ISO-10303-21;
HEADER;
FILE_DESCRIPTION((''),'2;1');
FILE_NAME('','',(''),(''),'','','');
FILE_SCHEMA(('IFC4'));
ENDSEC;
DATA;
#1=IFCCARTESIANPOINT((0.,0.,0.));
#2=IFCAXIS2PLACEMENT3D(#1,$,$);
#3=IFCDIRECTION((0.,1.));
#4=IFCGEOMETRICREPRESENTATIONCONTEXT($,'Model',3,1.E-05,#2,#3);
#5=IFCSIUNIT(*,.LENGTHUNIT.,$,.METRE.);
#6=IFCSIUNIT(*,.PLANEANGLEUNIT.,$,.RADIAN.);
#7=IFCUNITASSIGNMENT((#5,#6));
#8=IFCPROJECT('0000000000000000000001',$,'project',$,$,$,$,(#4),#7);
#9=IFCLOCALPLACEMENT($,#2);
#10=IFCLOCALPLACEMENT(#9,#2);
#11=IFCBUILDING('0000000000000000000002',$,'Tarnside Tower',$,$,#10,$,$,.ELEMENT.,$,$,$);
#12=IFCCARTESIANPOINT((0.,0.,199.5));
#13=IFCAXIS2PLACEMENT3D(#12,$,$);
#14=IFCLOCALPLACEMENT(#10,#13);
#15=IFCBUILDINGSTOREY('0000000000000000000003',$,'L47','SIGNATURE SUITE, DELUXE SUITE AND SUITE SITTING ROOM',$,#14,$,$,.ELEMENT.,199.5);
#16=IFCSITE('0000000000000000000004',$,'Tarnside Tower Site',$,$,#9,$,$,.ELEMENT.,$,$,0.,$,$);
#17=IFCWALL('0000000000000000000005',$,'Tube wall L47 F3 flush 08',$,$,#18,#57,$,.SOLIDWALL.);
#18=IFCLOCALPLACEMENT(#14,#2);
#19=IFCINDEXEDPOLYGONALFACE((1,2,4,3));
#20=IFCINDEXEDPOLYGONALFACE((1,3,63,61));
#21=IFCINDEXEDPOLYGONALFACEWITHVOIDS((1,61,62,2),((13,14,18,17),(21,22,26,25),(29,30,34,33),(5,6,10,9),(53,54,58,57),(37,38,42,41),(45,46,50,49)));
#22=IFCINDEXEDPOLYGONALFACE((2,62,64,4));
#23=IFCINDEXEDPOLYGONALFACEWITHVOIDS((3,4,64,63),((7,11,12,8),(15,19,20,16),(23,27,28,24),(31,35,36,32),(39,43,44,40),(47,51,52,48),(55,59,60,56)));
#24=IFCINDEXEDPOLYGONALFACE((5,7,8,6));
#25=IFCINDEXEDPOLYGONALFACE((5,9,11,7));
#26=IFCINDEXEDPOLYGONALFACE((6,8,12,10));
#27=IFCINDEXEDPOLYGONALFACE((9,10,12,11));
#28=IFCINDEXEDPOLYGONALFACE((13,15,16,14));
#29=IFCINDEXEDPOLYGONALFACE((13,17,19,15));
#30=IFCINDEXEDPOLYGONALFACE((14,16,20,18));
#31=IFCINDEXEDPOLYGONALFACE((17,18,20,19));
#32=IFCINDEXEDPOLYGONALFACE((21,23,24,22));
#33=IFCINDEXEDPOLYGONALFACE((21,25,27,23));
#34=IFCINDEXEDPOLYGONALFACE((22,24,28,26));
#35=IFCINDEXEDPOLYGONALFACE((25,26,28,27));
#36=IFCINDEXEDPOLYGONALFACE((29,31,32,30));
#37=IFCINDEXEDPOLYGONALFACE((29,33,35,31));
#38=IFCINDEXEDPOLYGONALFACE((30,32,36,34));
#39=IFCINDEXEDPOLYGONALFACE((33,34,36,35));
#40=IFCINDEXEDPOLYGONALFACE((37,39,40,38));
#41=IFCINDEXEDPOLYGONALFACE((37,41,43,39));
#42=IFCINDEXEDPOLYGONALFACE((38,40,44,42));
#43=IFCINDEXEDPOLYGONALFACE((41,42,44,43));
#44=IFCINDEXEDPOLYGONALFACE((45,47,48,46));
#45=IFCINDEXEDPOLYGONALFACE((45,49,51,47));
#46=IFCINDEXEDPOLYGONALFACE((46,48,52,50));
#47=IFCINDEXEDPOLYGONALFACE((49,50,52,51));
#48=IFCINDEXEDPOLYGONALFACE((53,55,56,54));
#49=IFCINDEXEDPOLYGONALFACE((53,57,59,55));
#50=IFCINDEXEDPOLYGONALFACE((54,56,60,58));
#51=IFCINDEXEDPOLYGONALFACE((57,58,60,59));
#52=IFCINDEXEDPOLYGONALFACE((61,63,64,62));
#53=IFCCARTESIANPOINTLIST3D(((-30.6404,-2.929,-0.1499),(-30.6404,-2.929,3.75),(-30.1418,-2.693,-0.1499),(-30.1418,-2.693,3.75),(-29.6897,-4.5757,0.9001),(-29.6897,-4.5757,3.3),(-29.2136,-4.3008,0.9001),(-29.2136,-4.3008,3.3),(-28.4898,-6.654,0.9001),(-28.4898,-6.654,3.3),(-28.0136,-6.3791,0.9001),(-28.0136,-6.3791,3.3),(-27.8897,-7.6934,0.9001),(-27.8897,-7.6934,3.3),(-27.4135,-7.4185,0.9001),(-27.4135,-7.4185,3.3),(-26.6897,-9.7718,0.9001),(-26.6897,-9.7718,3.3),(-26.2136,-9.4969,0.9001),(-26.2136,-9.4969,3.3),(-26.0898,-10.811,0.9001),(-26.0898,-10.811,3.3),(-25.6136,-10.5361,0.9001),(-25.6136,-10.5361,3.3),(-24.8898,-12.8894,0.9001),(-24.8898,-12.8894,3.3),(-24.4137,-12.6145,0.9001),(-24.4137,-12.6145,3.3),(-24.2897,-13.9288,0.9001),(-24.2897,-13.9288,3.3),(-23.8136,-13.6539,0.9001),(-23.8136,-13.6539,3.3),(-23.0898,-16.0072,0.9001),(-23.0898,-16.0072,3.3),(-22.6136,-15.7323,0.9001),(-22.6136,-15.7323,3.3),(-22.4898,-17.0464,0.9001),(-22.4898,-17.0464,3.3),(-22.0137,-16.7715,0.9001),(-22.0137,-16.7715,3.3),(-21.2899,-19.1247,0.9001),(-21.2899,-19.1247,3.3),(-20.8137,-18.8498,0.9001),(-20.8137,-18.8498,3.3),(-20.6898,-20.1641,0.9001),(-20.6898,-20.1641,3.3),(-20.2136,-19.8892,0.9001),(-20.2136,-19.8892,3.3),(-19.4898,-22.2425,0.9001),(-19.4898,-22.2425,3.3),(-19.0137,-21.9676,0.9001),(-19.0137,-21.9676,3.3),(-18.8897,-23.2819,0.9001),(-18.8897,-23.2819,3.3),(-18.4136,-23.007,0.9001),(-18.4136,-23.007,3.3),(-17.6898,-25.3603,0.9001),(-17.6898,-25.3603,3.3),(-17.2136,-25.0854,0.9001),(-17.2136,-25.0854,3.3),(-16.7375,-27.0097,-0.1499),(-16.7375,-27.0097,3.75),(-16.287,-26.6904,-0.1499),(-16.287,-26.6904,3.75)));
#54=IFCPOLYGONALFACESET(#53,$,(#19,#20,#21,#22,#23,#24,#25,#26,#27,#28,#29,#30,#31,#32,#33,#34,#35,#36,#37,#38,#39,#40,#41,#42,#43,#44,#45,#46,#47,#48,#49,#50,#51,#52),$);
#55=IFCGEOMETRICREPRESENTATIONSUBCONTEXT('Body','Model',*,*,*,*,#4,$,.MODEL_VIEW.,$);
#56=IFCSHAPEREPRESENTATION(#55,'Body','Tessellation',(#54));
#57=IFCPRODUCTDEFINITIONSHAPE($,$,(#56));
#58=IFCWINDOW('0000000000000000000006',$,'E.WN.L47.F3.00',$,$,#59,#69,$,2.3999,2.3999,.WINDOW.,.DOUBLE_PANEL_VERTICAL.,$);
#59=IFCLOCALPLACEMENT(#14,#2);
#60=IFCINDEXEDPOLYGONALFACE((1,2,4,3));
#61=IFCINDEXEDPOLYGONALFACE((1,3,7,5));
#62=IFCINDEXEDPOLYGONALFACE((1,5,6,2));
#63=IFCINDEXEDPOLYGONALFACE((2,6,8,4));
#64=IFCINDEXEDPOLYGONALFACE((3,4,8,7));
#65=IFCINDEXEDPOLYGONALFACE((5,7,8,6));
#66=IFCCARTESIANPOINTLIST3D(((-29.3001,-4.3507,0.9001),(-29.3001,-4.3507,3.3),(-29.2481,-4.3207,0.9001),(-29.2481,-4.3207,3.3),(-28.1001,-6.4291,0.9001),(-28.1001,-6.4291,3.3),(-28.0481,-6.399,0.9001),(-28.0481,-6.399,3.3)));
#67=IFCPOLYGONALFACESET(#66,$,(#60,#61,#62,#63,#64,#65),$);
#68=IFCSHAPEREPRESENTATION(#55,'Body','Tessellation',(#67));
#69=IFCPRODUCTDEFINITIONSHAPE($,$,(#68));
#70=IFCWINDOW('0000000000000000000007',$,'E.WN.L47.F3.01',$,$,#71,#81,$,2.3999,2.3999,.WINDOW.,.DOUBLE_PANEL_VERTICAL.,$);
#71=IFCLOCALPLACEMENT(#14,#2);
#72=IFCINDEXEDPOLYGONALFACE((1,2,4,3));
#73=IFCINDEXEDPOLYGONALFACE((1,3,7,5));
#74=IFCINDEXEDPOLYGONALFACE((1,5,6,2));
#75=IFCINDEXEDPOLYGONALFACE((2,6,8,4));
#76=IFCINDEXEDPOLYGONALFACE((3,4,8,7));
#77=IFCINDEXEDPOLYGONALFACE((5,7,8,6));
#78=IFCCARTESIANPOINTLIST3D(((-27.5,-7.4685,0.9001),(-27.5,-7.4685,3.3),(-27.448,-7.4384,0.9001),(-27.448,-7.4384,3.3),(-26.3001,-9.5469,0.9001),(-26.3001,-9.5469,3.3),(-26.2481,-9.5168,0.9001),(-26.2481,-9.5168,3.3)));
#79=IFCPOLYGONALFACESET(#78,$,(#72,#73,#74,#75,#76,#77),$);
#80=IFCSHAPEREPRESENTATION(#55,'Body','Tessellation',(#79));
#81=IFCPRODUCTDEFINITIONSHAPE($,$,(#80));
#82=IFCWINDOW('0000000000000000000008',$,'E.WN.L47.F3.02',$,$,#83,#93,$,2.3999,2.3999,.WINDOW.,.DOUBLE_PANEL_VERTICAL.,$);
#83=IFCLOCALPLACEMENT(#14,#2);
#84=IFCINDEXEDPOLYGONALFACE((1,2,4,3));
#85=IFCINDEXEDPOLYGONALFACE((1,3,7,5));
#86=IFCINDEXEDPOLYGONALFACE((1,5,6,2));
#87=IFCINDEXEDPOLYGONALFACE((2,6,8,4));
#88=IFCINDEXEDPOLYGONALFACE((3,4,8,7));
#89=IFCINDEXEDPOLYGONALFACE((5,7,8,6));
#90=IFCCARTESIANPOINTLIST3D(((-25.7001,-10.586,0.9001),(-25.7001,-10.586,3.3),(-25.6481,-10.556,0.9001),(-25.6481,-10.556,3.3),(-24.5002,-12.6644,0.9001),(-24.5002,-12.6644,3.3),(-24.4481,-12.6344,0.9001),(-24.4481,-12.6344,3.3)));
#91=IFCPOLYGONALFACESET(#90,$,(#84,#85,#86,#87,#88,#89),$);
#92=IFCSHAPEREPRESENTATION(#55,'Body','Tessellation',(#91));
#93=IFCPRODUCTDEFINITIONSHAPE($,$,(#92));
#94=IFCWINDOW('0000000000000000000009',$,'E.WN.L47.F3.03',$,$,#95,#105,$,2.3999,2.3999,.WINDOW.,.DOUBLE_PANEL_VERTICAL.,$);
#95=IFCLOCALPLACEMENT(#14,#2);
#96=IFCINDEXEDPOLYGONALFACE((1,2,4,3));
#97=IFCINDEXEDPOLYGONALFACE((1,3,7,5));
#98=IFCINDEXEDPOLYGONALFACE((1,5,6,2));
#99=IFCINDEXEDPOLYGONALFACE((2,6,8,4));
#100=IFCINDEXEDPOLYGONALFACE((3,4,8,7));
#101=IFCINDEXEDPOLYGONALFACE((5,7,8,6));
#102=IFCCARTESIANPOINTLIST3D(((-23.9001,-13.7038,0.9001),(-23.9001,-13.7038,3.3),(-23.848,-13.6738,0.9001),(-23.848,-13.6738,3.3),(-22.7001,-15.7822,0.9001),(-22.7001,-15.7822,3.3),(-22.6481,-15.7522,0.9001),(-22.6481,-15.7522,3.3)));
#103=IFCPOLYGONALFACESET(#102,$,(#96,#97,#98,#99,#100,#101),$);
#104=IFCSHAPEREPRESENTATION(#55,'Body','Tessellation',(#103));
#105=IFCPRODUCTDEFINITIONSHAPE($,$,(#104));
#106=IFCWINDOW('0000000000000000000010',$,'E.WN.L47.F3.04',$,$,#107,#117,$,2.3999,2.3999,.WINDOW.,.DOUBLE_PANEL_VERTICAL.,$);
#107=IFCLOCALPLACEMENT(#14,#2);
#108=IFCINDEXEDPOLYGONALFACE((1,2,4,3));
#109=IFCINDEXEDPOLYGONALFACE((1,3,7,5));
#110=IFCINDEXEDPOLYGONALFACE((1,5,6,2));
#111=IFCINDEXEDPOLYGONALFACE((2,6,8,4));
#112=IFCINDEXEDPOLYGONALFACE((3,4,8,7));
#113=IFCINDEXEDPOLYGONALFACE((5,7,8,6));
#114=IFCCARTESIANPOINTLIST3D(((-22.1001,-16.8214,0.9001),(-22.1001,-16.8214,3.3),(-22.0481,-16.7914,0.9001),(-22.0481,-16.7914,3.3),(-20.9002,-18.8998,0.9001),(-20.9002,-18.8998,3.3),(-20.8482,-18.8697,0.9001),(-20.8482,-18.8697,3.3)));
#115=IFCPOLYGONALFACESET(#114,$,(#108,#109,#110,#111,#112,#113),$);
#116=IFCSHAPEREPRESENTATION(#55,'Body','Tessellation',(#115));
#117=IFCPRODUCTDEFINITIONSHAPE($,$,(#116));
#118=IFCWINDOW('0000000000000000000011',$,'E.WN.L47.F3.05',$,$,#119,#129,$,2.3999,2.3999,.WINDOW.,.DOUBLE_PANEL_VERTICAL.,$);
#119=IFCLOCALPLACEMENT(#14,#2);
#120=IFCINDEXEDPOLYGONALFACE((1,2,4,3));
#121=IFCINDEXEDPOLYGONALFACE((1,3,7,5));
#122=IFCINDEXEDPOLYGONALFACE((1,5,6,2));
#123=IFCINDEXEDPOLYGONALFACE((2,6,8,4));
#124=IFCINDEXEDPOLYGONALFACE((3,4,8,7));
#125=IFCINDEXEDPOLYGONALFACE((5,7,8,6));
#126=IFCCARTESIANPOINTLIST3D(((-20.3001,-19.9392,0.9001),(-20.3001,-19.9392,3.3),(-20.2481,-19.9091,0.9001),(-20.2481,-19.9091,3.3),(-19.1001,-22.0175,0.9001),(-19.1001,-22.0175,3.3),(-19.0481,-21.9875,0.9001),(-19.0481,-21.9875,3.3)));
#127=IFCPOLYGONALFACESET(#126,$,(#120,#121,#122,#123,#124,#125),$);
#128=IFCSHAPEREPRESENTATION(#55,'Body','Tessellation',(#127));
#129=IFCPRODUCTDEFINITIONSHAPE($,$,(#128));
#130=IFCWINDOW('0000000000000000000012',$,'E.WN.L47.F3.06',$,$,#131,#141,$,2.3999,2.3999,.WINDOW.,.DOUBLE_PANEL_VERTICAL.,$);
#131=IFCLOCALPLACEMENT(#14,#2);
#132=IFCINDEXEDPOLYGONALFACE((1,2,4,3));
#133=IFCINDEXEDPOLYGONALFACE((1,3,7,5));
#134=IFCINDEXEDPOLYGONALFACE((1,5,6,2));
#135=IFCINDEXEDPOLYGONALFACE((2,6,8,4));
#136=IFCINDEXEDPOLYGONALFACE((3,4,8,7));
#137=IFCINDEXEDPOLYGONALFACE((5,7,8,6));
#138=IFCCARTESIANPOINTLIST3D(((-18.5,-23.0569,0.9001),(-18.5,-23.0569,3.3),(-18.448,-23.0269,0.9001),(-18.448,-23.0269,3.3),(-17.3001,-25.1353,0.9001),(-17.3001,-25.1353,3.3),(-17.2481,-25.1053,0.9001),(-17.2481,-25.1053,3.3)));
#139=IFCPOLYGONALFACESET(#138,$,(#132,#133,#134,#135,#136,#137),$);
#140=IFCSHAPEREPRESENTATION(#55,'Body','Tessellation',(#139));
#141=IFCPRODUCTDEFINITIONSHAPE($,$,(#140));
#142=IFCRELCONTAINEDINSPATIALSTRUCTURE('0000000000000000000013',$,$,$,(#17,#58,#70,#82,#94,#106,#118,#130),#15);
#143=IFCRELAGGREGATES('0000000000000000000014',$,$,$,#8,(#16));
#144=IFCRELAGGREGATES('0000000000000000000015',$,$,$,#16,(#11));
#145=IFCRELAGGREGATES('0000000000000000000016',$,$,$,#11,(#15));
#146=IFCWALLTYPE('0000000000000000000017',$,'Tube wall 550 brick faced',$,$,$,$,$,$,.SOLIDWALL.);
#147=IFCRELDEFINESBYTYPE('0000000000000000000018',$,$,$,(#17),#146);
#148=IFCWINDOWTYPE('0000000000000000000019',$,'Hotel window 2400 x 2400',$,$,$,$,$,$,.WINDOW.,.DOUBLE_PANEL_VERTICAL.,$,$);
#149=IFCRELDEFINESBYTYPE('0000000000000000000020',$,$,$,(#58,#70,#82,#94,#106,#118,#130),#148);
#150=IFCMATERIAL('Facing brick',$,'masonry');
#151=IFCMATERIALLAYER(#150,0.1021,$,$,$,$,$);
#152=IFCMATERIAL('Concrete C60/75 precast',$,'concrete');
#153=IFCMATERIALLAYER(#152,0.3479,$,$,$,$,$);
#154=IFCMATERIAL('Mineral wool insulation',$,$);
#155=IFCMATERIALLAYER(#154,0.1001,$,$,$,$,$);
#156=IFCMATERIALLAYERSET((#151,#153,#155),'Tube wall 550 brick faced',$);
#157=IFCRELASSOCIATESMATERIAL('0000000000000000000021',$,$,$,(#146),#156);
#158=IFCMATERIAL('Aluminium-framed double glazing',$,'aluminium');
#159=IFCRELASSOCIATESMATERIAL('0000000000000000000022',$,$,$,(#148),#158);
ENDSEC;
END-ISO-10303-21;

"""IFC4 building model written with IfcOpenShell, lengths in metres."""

from ifc_helpers import new_model, si_unit, direction, frame, frame_2d, origin, place, context, subcontext, project, spatial, polyline, rectangle, outline, extrude, material, layer, layer_set, type_object, element, fill, save


model = new_model("IFC4")

# Units and contexts
model_context = context("Model", 3, precision=1e-05, world=origin(), true_north=direction((0.0, 1.0)))
body_context = subcontext(model_context, "Body", "Model", "MODEL_VIEW")
ifc_project = project(units=[si_unit("LENGTHUNIT", "METRE"), si_unit("PLANEANGLEUNIT", "RADIAN")], contexts=[model_context])

# Site, building, storey
site_placement = place(None, origin())
site = spatial("IfcSite", under=ifc_project, at=site_placement, Name="Tarnside Tower Site", CompositionType="ELEMENT", RefElevation=0.0)
building_placement = place(site_placement, origin())
building = spatial("IfcBuilding", under=site, at=building_placement, Name="Tarnside Tower", CompositionType="ELEMENT")
storey_placement = place(building_placement, frame((0.0, 0.0, 199.5)))
storey = spatial("IfcBuildingStorey", under=building, at=storey_placement, Name="L47", Description="SIGNATURE SUITE, DELUXE SUITE AND SUITE SITTING ROOM", CompositionType="ELEMENT", Elevation=199.5)

# Shared definitions
ifc_material_1 = material(Name="Facing brick", Category="masonry")
ifc_layer_1 = layer(ifc_material_1, 0.1021)
ifc_material_2 = material(Name="Concrete C60/75 precast", Category="concrete")
ifc_layer_2 = layer(ifc_material_2, 0.3479)
ifc_material_3 = material(Name="Mineral wool insulation")
ifc_layer_3 = layer(ifc_material_3, 0.1001)
ifc_layer_set_1 = layer_set([ifc_layer_1, ifc_layer_2, ifc_layer_3], Name="Tube wall 550 brick faced")
wall_type_1 = type_object("IfcWallType", Name="Tube wall 550 brick faced", PredefinedType="SOLIDWALL", material=ifc_layer_set_1)

# Wall, openings, windows
wall_1_placement = place(storey_placement, frame((-30.3911, -2.811, -0.1499), z_axis=(0.0, 0.0, 1.0), x_axis=(0.499999, -0.866026, 0.0)))
wall_1 = element("IfcWall", 1, at=wall_1_placement, inside=storey, type_object=wall_type_1, Name="Tube wall L47 F3 flush 08", PredefinedType="SOLIDWALL", context=body_context, shape_type="SweptSolid", body=[
    extrude(outline(polyline([(-0.0225, -0.2749), (27.7834, -0.2749), (27.7322, 0.2749), (0.0225, 0.2749), (-0.0225, -0.2749)])), origin(), (0.0, 0.0, 1.0), 3.8999),
])
opening_1_placement = place(wall_1_placement, frame((1.8789, 0.0, 1.05)))
opening_1 = element("IfcOpeningElement", 2, at=opening_1_placement, cuts=wall_1, PredefinedType="OPENING", context=body_context, shape_type="SweptSolid", body=[
    extrude(rectangle(XDim=2.3999, YDim=2.3999, at=frame_2d((1.2, 1.2))), frame((0.0, 0.2852, 0.0), z_axis=(0.0, -1.0, 0.0), x_axis=(1.0, 0.0, 0.0)), (0.0, 0.0, 1.0), 0.5701),
])
opening_2_placement = place(wall_1_placement, frame((5.479, 0.0, 1.05)))
opening_2 = element("IfcOpeningElement", 3, at=opening_2_placement, cuts=wall_1, PredefinedType="OPENING", context=body_context, shape_type="SweptSolid", body=[
    extrude(rectangle(XDim=2.3999, YDim=2.3999, at=frame_2d((1.2, 1.2))), frame((0.0, 0.2852, 0.0), z_axis=(0.0, -1.0, 0.0), x_axis=(1.0, 0.0, 0.0)), (0.0, 0.0, 1.0), 0.5701),
])
opening_3_placement = place(wall_1_placement, frame((9.0789, 0.0, 1.05)))
opening_3 = element("IfcOpeningElement", 4, at=opening_3_placement, cuts=wall_1, PredefinedType="OPENING", context=body_context, shape_type="SweptSolid", body=[
    extrude(rectangle(XDim=2.3999, YDim=2.3999, at=frame_2d((1.2, 1.2))), frame((0.0, 0.2852, 0.0), z_axis=(0.0, -1.0, 0.0), x_axis=(1.0, 0.0, 0.0)), (0.0, 0.0, 1.0), 0.5701),
])
opening_4_placement = place(wall_1_placement, frame((12.679, 0.0, 1.05)))
opening_4 = element("IfcOpeningElement", 5, at=opening_4_placement, cuts=wall_1, PredefinedType="OPENING", context=body_context, shape_type="SweptSolid", body=[
    extrude(rectangle(XDim=2.3999, YDim=2.3999, at=frame_2d((1.2, 1.2))), frame((0.0, 0.2852, 0.0), z_axis=(0.0, -1.0, 0.0), x_axis=(1.0, 0.0, 0.0)), (0.0, 0.0, 1.0), 0.5701),
])
opening_5_placement = place(wall_1_placement, frame((16.2788, 0.0, 1.05)))
opening_5 = element("IfcOpeningElement", 6, at=opening_5_placement, cuts=wall_1, PredefinedType="OPENING", context=body_context, shape_type="SweptSolid", body=[
    extrude(rectangle(XDim=2.3999, YDim=2.3999, at=frame_2d((1.2, 1.2))), frame((0.0, 0.2852, 0.0), z_axis=(0.0, -1.0, 0.0), x_axis=(1.0, 0.0, 0.0)), (0.0, 0.0, 1.0), 0.5701),
])
opening_6_placement = place(wall_1_placement, frame((19.8789, 0.0, 1.05)))
opening_6 = element("IfcOpeningElement", 7, at=opening_6_placement, cuts=wall_1, PredefinedType="OPENING", context=body_context, shape_type="SweptSolid", body=[
    extrude(rectangle(XDim=2.3999, YDim=2.3999, at=frame_2d((1.2, 1.2))), frame((0.0, 0.2852, 0.0), z_axis=(0.0, -1.0, 0.0), x_axis=(1.0, 0.0, 0.0)), (0.0, 0.0, 1.0), 0.5701),
])
opening_7_placement = place(wall_1_placement, frame((23.479, 0.0, 1.05)))
opening_7 = element("IfcOpeningElement", 8, at=opening_7_placement, cuts=wall_1, PredefinedType="OPENING", context=body_context, shape_type="SweptSolid", body=[
    extrude(rectangle(XDim=2.3999, YDim=2.3999, at=frame_2d((1.2, 1.2))), frame((0.0, 0.2852, 0.0), z_axis=(0.0, -1.0, 0.0), x_axis=(1.0, 0.0, 0.0)), (0.0, 0.0, 1.0), 0.5701),
])
ifc_material_4 = material(Name="Aluminium-framed double glazing", Category="aluminium")
window_type = type_object("IfcWindowType", Name="Hotel window 2400 x 2400", PartitioningType="DOUBLE_PANEL_VERTICAL", PredefinedType="WINDOW", material=ifc_material_4)
window_1_placement = place(opening_1_placement, frame((0.0, 0.2051, 0.0)))
window_1 = element("IfcWindow", 9, at=window_1_placement, inside=storey, type_object=window_type, Name="E.WN.L47.F3.00", OverallHeight=2.3999, OverallWidth=2.3999, PartitioningType="DOUBLE_PANEL_VERTICAL", PredefinedType="WINDOW", context=body_context, shape_type="SweptSolid", body=[
    extrude(rectangle(XDim=2.3999, YDim=2.3999, at=frame_2d((1.2, 1.2))), frame((0.0, 0.03, 0.0), z_axis=(0.0, -1.0, 0.0), x_axis=(1.0, 0.0, 0.0)), (0.0, 0.0, 1.0), 0.0601),
])
fill(opening_1, window_1)
window_2_placement = place(opening_2_placement, frame((0.0, 0.2051, 0.0)))
window_2 = element("IfcWindow", 10, at=window_2_placement, inside=storey, type_object=window_type, Name="E.WN.L47.F3.01", OverallHeight=2.3999, OverallWidth=2.3999, PartitioningType="DOUBLE_PANEL_VERTICAL", PredefinedType="WINDOW", context=body_context, shape_type="SweptSolid", body=[
    extrude(rectangle(XDim=2.3999, YDim=2.3999, at=frame_2d((1.2, 1.2))), frame((0.0, 0.03, 0.0), z_axis=(0.0, -1.0, 0.0), x_axis=(1.0, 0.0, 0.0)), (0.0, 0.0, 1.0), 0.0601),
])
fill(opening_2, window_2)
window_3_placement = place(opening_3_placement, frame((0.0, 0.2051, 0.0)))
window_3 = element("IfcWindow", 11, at=window_3_placement, inside=storey, type_object=window_type, Name="E.WN.L47.F3.02", OverallHeight=2.3999, OverallWidth=2.3999, PartitioningType="DOUBLE_PANEL_VERTICAL", PredefinedType="WINDOW", context=body_context, shape_type="SweptSolid", body=[
    extrude(rectangle(XDim=2.3999, YDim=2.3999, at=frame_2d((1.2, 1.2))), frame((0.0, 0.03, 0.0), z_axis=(0.0, -1.0, 0.0), x_axis=(1.0, 0.0, 0.0)), (0.0, 0.0, 1.0), 0.0601),
])
fill(opening_3, window_3)
window_4_placement = place(opening_4_placement, frame((0.0, 0.2051, 0.0)))
window_4 = element("IfcWindow", 12, at=window_4_placement, inside=storey, type_object=window_type, Name="E.WN.L47.F3.03", OverallHeight=2.3999, OverallWidth=2.3999, PartitioningType="DOUBLE_PANEL_VERTICAL", PredefinedType="WINDOW", context=body_context, shape_type="SweptSolid", body=[
    extrude(rectangle(XDim=2.3999, YDim=2.3999, at=frame_2d((1.2, 1.2))), frame((0.0, 0.03, 0.0), z_axis=(0.0, -1.0, 0.0), x_axis=(1.0, 0.0, 0.0)), (0.0, 0.0, 1.0), 0.0601),
])
fill(opening_4, window_4)
window_5_placement = place(opening_5_placement, frame((0.0, 0.2051, 0.0)))
window_5 = element("IfcWindow", 13, at=window_5_placement, inside=storey, type_object=window_type, Name="E.WN.L47.F3.04", OverallHeight=2.3999, OverallWidth=2.3999, PartitioningType="DOUBLE_PANEL_VERTICAL", PredefinedType="WINDOW", context=body_context, shape_type="SweptSolid", body=[
    extrude(rectangle(XDim=2.3999, YDim=2.3999, at=frame_2d((1.2, 1.2))), frame((0.0, 0.03, 0.0), z_axis=(0.0, -1.0, 0.0), x_axis=(1.0, 0.0, 0.0)), (0.0, 0.0, 1.0), 0.0601),
])
fill(opening_5, window_5)
window_6_placement = place(opening_6_placement, frame((0.0, 0.2051, 0.0)))
window_6 = element("IfcWindow", 14, at=window_6_placement, inside=storey, type_object=window_type, Name="E.WN.L47.F3.05", OverallHeight=2.3999, OverallWidth=2.3999, PartitioningType="DOUBLE_PANEL_VERTICAL", PredefinedType="WINDOW", context=body_context, shape_type="SweptSolid", body=[
    extrude(rectangle(XDim=2.3999, YDim=2.3999, at=frame_2d((1.2, 1.2))), frame((0.0, 0.03, 0.0), z_axis=(0.0, -1.0, 0.0), x_axis=(1.0, 0.0, 0.0)), (0.0, 0.0, 1.0), 0.0601),
])
fill(opening_6, window_6)
window_7_placement = place(opening_7_placement, frame((0.0, 0.2051, 0.0)))
window_7 = element("IfcWindow", 15, at=window_7_placement, inside=storey, type_object=window_type, Name="E.WN.L47.F3.06", OverallHeight=2.3999, OverallWidth=2.3999, PartitioningType="DOUBLE_PANEL_VERTICAL", PredefinedType="WINDOW", context=body_context, shape_type="SweptSolid", body=[
    extrude(rectangle(XDim=2.3999, YDim=2.3999, at=frame_2d((1.2, 1.2))), frame((0.0, 0.03, 0.0), z_axis=(0.0, -1.0, 0.0), x_axis=(1.0, 0.0, 0.0)), (0.0, 0.0, 1.0), 0.0601),
])
fill(opening_7, window_7)

save(model, "model.ifc")
